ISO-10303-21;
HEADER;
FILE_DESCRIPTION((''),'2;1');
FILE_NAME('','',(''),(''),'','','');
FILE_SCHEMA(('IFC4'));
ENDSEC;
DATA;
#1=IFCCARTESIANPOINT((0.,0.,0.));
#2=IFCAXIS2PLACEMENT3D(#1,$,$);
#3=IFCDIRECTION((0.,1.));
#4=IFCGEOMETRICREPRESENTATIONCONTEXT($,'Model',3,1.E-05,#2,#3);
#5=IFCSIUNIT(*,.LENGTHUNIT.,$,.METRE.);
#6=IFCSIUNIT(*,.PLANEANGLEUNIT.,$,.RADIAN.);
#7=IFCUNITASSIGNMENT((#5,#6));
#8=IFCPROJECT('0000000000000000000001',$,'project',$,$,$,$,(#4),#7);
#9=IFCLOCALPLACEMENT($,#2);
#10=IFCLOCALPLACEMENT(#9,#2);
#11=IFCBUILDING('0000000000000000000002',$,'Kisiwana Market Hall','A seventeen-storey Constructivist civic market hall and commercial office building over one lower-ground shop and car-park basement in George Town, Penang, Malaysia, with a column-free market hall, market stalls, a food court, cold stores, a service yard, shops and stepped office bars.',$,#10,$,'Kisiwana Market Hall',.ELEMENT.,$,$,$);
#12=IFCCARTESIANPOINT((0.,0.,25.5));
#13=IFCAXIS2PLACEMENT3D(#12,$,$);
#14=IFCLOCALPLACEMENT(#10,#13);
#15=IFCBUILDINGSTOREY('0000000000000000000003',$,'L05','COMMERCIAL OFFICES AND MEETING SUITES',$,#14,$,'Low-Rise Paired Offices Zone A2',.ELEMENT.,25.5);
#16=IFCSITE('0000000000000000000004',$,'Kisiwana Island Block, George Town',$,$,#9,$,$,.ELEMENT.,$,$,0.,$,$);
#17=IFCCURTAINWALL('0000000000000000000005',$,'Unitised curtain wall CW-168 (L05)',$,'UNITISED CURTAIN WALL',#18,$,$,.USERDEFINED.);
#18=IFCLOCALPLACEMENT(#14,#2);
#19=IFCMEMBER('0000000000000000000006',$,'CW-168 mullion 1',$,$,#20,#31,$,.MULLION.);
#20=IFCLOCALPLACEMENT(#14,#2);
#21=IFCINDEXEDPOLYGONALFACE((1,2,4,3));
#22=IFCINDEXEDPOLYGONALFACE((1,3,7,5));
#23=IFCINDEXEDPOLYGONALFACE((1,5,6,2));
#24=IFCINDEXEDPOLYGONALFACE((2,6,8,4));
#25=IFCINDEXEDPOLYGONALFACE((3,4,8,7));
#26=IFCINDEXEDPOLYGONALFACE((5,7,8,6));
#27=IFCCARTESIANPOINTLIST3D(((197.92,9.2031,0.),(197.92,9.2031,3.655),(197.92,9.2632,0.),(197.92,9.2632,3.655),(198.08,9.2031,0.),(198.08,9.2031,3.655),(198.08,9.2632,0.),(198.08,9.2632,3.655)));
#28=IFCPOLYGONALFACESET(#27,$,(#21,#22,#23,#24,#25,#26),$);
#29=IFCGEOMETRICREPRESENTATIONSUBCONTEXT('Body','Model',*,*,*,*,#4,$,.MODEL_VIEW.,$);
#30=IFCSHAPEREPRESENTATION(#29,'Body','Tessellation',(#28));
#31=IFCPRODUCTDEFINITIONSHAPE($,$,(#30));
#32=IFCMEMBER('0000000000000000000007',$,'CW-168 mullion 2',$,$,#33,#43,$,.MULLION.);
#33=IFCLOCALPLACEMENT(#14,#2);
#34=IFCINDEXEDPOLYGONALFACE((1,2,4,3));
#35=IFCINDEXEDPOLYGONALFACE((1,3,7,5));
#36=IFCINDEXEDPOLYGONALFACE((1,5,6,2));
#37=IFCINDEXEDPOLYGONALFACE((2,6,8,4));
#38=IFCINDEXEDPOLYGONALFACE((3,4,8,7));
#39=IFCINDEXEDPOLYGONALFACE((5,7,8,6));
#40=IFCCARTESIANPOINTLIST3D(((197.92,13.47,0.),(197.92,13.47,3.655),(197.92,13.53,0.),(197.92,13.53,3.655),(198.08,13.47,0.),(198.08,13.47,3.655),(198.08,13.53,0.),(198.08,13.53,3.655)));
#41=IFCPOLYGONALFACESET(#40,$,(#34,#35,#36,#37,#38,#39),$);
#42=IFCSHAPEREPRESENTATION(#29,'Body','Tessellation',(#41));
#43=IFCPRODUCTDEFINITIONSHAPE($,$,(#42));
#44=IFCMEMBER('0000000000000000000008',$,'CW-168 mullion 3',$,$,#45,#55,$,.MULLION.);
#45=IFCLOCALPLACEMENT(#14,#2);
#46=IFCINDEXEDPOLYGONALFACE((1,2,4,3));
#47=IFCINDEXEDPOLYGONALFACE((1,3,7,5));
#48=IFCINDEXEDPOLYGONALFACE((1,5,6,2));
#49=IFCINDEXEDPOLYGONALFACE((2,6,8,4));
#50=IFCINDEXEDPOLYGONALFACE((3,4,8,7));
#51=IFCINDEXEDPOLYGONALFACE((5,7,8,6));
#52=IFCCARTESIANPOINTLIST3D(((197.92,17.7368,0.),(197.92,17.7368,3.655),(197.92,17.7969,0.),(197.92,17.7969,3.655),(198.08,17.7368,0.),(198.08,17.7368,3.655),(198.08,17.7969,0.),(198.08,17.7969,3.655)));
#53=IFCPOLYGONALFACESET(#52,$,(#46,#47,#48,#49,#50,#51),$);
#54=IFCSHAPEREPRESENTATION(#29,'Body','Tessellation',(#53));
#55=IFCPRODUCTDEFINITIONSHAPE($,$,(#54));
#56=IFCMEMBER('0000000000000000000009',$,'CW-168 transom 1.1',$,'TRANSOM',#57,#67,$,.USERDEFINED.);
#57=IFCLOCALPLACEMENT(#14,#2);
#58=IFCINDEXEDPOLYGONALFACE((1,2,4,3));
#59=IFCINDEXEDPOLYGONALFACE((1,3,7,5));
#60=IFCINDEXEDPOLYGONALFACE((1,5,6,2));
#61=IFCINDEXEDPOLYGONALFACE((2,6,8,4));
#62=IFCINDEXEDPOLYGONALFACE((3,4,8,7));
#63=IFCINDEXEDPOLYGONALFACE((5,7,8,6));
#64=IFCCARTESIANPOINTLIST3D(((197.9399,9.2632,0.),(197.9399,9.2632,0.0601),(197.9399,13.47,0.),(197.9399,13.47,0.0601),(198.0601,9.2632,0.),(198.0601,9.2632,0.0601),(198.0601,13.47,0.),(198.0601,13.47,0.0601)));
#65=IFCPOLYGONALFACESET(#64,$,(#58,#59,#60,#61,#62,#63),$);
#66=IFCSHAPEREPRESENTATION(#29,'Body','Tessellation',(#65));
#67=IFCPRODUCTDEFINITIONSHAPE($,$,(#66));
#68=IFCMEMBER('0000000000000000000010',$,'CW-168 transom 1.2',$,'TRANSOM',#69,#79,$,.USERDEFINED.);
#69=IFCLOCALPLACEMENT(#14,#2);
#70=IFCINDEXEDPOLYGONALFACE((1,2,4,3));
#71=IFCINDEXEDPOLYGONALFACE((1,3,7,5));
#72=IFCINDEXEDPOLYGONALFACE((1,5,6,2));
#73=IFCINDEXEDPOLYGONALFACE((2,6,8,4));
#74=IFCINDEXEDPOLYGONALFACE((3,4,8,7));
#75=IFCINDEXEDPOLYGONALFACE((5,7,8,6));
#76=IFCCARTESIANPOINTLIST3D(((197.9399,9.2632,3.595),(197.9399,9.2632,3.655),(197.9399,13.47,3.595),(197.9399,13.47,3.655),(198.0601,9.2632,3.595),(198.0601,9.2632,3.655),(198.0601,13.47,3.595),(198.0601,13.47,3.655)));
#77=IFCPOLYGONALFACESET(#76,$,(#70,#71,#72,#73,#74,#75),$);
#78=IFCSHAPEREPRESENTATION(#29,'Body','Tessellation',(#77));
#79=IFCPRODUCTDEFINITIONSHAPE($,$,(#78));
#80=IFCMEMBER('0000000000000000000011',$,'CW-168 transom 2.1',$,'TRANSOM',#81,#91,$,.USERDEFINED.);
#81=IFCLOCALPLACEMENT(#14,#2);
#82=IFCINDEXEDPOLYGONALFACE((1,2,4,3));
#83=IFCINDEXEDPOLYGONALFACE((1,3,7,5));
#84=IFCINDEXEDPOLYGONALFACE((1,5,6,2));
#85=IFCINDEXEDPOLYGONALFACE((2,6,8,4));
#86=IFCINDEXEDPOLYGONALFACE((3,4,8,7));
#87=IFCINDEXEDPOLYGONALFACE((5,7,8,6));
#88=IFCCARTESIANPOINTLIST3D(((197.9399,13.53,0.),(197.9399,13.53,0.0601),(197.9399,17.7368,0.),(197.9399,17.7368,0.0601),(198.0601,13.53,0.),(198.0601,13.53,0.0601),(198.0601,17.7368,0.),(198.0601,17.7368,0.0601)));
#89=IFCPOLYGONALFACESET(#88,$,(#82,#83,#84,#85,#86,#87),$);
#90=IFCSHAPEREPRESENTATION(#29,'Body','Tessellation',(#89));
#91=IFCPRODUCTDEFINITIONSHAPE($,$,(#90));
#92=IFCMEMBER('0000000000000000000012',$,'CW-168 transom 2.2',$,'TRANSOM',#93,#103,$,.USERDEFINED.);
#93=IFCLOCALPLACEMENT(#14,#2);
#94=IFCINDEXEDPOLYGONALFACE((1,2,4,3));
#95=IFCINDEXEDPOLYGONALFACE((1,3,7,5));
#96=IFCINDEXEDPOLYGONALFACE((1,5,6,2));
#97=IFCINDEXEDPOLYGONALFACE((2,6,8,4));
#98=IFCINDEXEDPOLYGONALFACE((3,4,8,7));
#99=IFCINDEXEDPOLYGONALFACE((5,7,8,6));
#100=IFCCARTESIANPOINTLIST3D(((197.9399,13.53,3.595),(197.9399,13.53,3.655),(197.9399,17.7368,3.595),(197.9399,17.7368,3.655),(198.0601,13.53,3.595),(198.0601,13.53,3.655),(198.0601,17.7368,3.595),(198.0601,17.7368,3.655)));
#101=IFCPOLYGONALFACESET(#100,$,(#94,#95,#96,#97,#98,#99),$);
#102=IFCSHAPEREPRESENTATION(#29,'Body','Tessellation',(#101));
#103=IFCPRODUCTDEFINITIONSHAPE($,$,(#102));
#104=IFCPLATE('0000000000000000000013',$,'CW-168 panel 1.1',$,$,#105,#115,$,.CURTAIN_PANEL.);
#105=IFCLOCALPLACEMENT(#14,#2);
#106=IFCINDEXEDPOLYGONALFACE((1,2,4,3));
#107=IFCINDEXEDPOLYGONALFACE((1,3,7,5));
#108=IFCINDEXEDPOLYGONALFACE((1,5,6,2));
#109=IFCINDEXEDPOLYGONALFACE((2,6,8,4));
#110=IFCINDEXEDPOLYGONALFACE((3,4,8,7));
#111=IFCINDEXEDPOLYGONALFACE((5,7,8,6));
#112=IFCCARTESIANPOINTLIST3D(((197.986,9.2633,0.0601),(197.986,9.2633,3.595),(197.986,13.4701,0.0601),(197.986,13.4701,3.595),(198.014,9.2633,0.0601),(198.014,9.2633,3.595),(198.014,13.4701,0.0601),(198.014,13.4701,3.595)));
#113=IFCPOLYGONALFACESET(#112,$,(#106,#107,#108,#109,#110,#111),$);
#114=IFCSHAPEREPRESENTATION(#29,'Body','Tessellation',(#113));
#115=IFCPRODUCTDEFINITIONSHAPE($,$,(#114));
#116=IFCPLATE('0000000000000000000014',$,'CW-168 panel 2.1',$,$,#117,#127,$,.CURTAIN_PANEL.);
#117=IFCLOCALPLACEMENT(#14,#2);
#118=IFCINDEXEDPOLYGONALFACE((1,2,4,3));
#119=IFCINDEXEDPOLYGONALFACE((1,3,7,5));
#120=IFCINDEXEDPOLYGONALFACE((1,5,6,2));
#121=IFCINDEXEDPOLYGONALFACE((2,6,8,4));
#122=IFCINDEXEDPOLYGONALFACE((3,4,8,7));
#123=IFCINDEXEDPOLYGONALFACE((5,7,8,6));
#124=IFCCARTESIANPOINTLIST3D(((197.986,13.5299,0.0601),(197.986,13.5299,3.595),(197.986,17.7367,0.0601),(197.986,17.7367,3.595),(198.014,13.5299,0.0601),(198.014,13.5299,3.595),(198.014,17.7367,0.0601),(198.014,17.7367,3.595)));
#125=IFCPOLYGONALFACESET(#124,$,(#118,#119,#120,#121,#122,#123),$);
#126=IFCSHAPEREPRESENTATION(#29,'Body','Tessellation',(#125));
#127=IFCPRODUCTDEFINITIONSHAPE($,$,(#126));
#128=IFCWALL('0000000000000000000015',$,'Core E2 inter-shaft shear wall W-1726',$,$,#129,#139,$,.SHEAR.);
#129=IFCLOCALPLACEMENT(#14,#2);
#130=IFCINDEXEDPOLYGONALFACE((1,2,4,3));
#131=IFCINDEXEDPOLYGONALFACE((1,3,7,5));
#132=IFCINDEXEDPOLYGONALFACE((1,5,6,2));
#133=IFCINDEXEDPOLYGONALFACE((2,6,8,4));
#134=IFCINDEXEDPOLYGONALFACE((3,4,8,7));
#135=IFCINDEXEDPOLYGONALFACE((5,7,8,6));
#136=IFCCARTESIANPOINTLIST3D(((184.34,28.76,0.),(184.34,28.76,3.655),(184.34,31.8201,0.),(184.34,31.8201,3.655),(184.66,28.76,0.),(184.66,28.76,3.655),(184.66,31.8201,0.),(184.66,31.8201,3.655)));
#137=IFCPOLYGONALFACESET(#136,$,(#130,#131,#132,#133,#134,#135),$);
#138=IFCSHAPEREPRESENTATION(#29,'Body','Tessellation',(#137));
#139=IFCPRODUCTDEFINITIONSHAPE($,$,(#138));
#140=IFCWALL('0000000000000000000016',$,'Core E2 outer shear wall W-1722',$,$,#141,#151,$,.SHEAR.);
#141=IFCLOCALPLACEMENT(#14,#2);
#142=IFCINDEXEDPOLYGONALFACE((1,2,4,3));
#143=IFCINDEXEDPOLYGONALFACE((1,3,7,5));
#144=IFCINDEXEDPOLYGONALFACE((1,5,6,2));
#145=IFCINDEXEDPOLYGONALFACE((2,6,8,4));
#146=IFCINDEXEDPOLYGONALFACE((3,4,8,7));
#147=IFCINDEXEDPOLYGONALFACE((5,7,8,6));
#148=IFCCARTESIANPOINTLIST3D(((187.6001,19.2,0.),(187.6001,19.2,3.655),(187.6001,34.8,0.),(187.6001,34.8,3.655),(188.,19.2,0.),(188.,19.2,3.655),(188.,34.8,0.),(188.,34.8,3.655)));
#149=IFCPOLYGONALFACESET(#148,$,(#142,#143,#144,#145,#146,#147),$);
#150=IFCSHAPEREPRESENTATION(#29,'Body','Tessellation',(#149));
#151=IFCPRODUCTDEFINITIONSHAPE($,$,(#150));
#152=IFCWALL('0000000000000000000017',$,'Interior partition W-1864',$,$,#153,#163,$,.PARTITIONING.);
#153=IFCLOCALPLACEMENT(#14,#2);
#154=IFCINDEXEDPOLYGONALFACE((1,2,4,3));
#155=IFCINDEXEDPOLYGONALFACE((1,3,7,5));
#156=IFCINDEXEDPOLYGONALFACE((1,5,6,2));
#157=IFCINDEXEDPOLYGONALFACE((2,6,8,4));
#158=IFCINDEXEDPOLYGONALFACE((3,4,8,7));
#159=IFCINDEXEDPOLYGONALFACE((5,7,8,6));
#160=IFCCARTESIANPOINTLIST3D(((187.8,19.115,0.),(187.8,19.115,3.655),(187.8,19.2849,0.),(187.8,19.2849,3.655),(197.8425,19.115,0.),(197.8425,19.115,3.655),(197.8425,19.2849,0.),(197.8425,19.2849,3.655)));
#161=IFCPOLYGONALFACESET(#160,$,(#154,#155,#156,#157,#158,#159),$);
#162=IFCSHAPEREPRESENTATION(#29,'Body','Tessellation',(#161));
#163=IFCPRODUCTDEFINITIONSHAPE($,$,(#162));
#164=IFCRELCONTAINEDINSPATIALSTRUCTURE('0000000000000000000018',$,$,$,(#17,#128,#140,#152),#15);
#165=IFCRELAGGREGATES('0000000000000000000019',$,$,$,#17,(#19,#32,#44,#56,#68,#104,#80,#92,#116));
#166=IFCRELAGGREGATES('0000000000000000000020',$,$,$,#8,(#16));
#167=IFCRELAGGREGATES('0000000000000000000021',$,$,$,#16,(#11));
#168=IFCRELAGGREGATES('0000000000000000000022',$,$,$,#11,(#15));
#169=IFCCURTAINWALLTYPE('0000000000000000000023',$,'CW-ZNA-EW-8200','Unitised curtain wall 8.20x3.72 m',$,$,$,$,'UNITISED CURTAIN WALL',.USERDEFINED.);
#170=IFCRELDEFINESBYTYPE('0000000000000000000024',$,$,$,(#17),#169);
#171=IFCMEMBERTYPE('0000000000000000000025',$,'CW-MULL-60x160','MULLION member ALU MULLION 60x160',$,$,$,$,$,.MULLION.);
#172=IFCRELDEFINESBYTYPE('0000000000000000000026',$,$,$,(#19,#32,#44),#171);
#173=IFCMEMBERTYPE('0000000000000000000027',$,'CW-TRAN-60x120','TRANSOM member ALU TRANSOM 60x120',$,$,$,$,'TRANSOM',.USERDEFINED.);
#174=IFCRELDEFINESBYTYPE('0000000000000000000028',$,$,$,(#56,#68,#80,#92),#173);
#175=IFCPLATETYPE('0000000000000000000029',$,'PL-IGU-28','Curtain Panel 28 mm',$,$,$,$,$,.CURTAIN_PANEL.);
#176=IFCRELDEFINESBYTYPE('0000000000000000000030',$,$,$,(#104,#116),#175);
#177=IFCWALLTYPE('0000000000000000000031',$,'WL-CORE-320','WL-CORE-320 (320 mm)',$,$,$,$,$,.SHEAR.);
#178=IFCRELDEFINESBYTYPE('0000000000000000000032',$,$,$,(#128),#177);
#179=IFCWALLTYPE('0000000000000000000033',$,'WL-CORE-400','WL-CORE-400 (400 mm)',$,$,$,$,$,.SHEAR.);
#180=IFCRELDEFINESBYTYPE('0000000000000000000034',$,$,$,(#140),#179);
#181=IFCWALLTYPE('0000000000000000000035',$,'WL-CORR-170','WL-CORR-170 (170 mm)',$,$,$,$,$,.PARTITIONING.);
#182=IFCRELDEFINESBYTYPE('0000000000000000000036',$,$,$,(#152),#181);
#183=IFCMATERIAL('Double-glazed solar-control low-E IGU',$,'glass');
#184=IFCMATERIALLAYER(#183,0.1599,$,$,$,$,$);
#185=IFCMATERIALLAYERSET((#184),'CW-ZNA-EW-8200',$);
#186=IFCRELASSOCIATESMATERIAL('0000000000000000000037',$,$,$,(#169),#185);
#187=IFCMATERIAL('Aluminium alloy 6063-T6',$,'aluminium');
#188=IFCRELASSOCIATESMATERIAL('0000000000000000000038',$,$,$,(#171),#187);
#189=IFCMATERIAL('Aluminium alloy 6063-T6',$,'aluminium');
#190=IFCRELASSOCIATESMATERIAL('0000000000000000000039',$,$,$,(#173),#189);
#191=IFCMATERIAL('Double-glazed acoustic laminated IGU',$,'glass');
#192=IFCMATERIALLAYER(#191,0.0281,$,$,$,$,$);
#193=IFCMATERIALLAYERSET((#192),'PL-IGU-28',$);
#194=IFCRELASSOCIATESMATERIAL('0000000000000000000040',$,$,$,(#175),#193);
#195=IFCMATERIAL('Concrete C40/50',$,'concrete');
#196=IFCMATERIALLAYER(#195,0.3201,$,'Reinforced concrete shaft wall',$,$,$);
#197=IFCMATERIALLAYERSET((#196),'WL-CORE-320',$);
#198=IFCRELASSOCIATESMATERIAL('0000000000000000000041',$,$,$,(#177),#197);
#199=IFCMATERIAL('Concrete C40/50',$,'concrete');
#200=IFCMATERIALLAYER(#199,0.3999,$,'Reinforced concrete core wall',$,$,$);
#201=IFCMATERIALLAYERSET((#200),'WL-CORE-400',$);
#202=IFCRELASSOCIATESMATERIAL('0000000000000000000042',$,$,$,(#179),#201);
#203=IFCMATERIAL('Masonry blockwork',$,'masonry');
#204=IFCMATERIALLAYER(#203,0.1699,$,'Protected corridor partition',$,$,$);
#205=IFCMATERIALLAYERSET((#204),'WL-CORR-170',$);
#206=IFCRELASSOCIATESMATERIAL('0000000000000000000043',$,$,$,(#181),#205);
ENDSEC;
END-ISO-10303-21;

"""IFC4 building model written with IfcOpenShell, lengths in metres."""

from ifc_helpers import new_model, si_unit, direction, frame, frame_2d, origin, origin_2d, place, context, subcontext, project, spatial, rectangle, extrude, material, layer, layer_set, material_profile, profile_set, type_object, element, aggregate, save


model = new_model("IFC4")

# Units and contexts
model_context = context("Model", 3, precision=1e-05, world=origin(), true_north=direction((0.0, 1.0)))
body_context = subcontext(model_context, "Body", "Model", "MODEL_VIEW")
ifc_project = project(units=[si_unit("LENGTHUNIT", "METRE"), si_unit("PLANEANGLEUNIT", "RADIAN")], contexts=[model_context])

# Site, building, storey
site_placement = place(None, origin())
site = spatial("IfcSite", under=ifc_project, at=site_placement, Name="Kisiwana Island Block, George Town", CompositionType="ELEMENT", RefElevation=0.0)
building_placement = place(site_placement, origin())
building = spatial("IfcBuilding", under=site, at=building_placement, Name="Kisiwana Market Hall", Description="A seventeen-storey Constructivist civic market hall and commercial office building over one lower-ground shop and car-park basement in George Town, Penang, Malaysia, with a column-free market hall, market stalls, a food court, cold stores, a service yard, shops and stepped office bars.", LongName="Kisiwana Market Hall", CompositionType="ELEMENT")
storey_placement = place(building_placement, frame((0.0, 0.0, 25.5)))
storey = spatial("IfcBuildingStorey", under=building, at=storey_placement, Name="L05", Description="COMMERCIAL OFFICES AND MEETING SUITES", LongName="Low-Rise Paired Offices Zone A2", CompositionType="ELEMENT", Elevation=25.5)

# Curtain wall, members, plates
ifc_material_1 = material(Name="Double-glazed solar-control low-E IGU", Category="glass")
ifc_layer_1 = layer(ifc_material_1, 0.1599)
ifc_layer_set_1 = layer_set([ifc_layer_1], Name="CW-ZNA-EW-8200")
curtain_wall_type = type_object("IfcCurtainWallType", Name="CW-ZNA-EW-8200", Description="Unitised curtain wall 8.20x3.72 m", ElementType="UNITISED CURTAIN WALL", PredefinedType="USERDEFINED", material=ifc_layer_set_1)
curtain_wall_placement = place(storey_placement, origin())
curtain_wall = element("IfcCurtainWall", 1, at=curtain_wall_placement, inside=storey, type_object=curtain_wall_type, Name="Unitised curtain wall CW-168 (L05)", ObjectType="UNITISED CURTAIN WALL", PredefinedType="USERDEFINED")
ifc_material_2 = material(Name="Aluminium alloy 6063-T6", Category="aluminium")
ifc_material_profile_1 = material_profile(ifc_material_2, rectangle(XDim=0.0601, YDim=0.1599, at=origin_2d()), Name="ALU MULLION 60x160")
ifc_profile_set_1 = profile_set([ifc_material_profile_1], Name="Aluminium alloy 6063-T6")
member_type_1 = type_object("IfcMemberType", Name="CW-MULL-60x160", Description="MULLION member ALU MULLION 60x160", PredefinedType="MULLION", material=ifc_profile_set_1)
member_1_placement = place(storey_placement, frame((198.0, 9.2332, 0.0), z_axis=(0.0, 0.0, 1.0), x_axis=(0.0, 1.0, 0.0)))
member_1 = element("IfcMember", 2, at=member_1_placement, type_object=member_type_1, Name="CW-168 mullion 1", PredefinedType="MULLION", context=body_context, shape_type="SweptSolid", body=[
    extrude(rectangle(XDim=0.0601, YDim=0.1599, at=origin_2d()), origin(), (0.0, 0.0, 1.0), 3.655),
])
member_2_placement = place(storey_placement, frame((198.0, 13.5, 0.0), z_axis=(0.0, 0.0, 1.0), x_axis=(0.0, 1.0, 0.0)))
member_2 = element("IfcMember", 3, at=member_2_placement, type_object=member_type_1, Name="CW-168 mullion 2", PredefinedType="MULLION", context=body_context, shape_type="SweptSolid", body=[
    extrude(rectangle(XDim=0.0601, YDim=0.1599, at=origin_2d()), origin(), (0.0, 0.0, 1.0), 3.655),
])
member_3_placement = place(storey_placement, frame((198.0, 17.7668, 0.0), z_axis=(0.0, 0.0, 1.0), x_axis=(0.0, 1.0, 0.0)))
member_3 = element("IfcMember", 4, at=member_3_placement, type_object=member_type_1, Name="CW-168 mullion 3", PredefinedType="MULLION", context=body_context, shape_type="SweptSolid", body=[
    extrude(rectangle(XDim=0.0601, YDim=0.1599, at=origin_2d()), origin(), (0.0, 0.0, 1.0), 3.655),
])
ifc_material_3 = material(Name="Aluminium alloy 6063-T6", Category="aluminium")
ifc_material_profile_2 = material_profile(ifc_material_3, rectangle(XDim=0.1201, YDim=0.0601, at=origin_2d()), Name="ALU TRANSOM 60x120")
ifc_profile_set_2 = profile_set([ifc_material_profile_2], Name="Aluminium alloy 6063-T6")
member_type_2 = type_object("IfcMemberType", Name="CW-TRAN-60x120", Description="TRANSOM member ALU TRANSOM 60x120", ElementType="TRANSOM", PredefinedType="USERDEFINED", material=ifc_profile_set_2)
member_4_placement = place(storey_placement, frame((198.0, 9.2632, 0.03), z_axis=(0.0, 1.0, 0.0), x_axis=(-1.0, 0.0, 0.0)))
member_4 = element("IfcMember", 5, at=member_4_placement, type_object=member_type_2, Name="CW-168 transom 1.1", ObjectType="TRANSOM", PredefinedType="USERDEFINED", context=body_context, shape_type="SweptSolid", body=[
    extrude(rectangle(XDim=0.1201, YDim=0.0601, at=origin_2d()), origin(), (0.0, 0.0, 1.0), 4.2068),
])
member_5_placement = place(storey_placement, frame((198.0, 9.2632, 3.625), z_axis=(0.0, 1.0, 0.0), x_axis=(-1.0, 0.0, 0.0)))
member_5 = element("IfcMember", 6, at=member_5_placement, type_object=member_type_2, Name="CW-168 transom 1.2", ObjectType="TRANSOM", PredefinedType="USERDEFINED", context=body_context, shape_type="SweptSolid", body=[
    extrude(rectangle(XDim=0.1201, YDim=0.0601, at=origin_2d()), origin(), (0.0, 0.0, 1.0), 4.2068),
])
member_6_placement = place(storey_placement, frame((198.0, 13.53, 0.03), z_axis=(0.0, 1.0, 0.0), x_axis=(-1.0, 0.0, 0.0)))
member_6 = element("IfcMember", 7, at=member_6_placement, type_object=member_type_2, Name="CW-168 transom 2.1", ObjectType="TRANSOM", PredefinedType="USERDEFINED", context=body_context, shape_type="SweptSolid", body=[
    extrude(rectangle(XDim=0.1201, YDim=0.0601, at=origin_2d()), origin(), (0.0, 0.0, 1.0), 4.2068),
])
member_7_placement = place(storey_placement, frame((198.0, 13.53, 3.625), z_axis=(0.0, 1.0, 0.0), x_axis=(-1.0, 0.0, 0.0)))
member_7 = element("IfcMember", 8, at=member_7_placement, type_object=member_type_2, Name="CW-168 transom 2.2", ObjectType="TRANSOM", PredefinedType="USERDEFINED", context=body_context, shape_type="SweptSolid", body=[
    extrude(rectangle(XDim=0.1201, YDim=0.0601, at=origin_2d()), origin(), (0.0, 0.0, 1.0), 4.2068),
])
ifc_material_4 = material(Name="Double-glazed acoustic laminated IGU", Category="glass")
ifc_layer_2 = layer(ifc_material_4, 0.0281)
ifc_layer_set_2 = layer_set([ifc_layer_2], Name="PL-IGU-28")
plate_type = type_object("IfcPlateType", Name="PL-IGU-28", Description="Curtain Panel 28 mm", PredefinedType="CURTAIN_PANEL", material=ifc_layer_set_2)
plate_1_placement = place(storey_placement, frame((198.0, 11.3667, 0.0601), z_axis=(0.0, 0.0, 1.0), x_axis=(0.0, 1.0, 0.0)))
plate_1 = element("IfcPlate", 9, at=plate_1_placement, type_object=plate_type, Name="CW-168 panel 1.1", PredefinedType="CURTAIN_PANEL", context=body_context, shape_type="SweptSolid", body=[
    extrude(rectangle(XDim=4.2068, YDim=0.0281, at=origin_2d()), origin(), (0.0, 0.0, 1.0), 3.5349),
])
plate_2_placement = place(storey_placement, frame((198.0, 15.6333, 0.0601), z_axis=(0.0, 0.0, 1.0), x_axis=(0.0, 1.0, 0.0)))
plate_2 = element("IfcPlate", 10, at=plate_2_placement, type_object=plate_type, Name="CW-168 panel 2.1", PredefinedType="CURTAIN_PANEL", context=body_context, shape_type="SweptSolid", body=[
    extrude(rectangle(XDim=4.2068, YDim=0.0281, at=origin_2d()), origin(), (0.0, 0.0, 1.0), 3.5349),
])
aggregate(curtain_wall, [member_1, member_2, member_3, member_4, member_5, plate_1, member_6, member_7, plate_2])

# Walls
ifc_material_5 = material(Name="Concrete C40/50", Category="concrete")
ifc_layer_3 = layer(ifc_material_5, 0.3201, Name="Reinforced concrete shaft wall")
ifc_layer_set_3 = layer_set([ifc_layer_3], Name="WL-CORE-320")
wall_type_1 = type_object("IfcWallType", Name="WL-CORE-320", Description="WL-CORE-320 (320 mm)", PredefinedType="SHEAR", material=ifc_layer_set_3)
wall_1_placement = place(storey_placement, frame((184.5, 28.76, 0.0), z_axis=(0.0, 0.0, 1.0), x_axis=(0.0, 1.0, 0.0)))
element("IfcWall", 11, at=wall_1_placement, inside=storey, type_object=wall_type_1, Name="Core E2 inter-shaft shear wall W-1726", PredefinedType="SHEAR", context=body_context, shape_type="SweptSolid", body=[
    extrude(rectangle(XDim=3.0601, YDim=0.3201, at=frame_2d((1.53, 0.0))), origin(), (0.0, 0.0, 1.0), 3.655),
])
ifc_material_6 = material(Name="Concrete C40/50", Category="concrete")
ifc_layer_4 = layer(ifc_material_6, 0.3999, Name="Reinforced concrete core wall")
ifc_layer_set_4 = layer_set([ifc_layer_4], Name="WL-CORE-400")
wall_type_2 = type_object("IfcWallType", Name="WL-CORE-400", Description="WL-CORE-400 (400 mm)", PredefinedType="SHEAR", material=ifc_layer_set_4)
wall_2_placement = place(storey_placement, frame((187.8, 19.2, 0.0), z_axis=(0.0, 0.0, 1.0), x_axis=(0.0, 1.0, 0.0)))
element("IfcWall", 12, at=wall_2_placement, inside=storey, type_object=wall_type_2, Name="Core E2 outer shear wall W-1722", PredefinedType="SHEAR", context=body_context, shape_type="SweptSolid", body=[
    extrude(rectangle(XDim=15.6001, YDim=0.3999, at=frame_2d((7.8, 0.0))), origin(), (0.0, 0.0, 1.0), 3.655),
])
ifc_material_7 = material(Name="Masonry blockwork", Category="masonry")
ifc_layer_5 = layer(ifc_material_7, 0.1699, Name="Protected corridor partition")
ifc_layer_set_5 = layer_set([ifc_layer_5], Name="WL-CORR-170")
wall_type_3 = type_object("IfcWallType", Name="WL-CORR-170", Description="WL-CORR-170 (170 mm)", PredefinedType="PARTITIONING", material=ifc_layer_set_5)
wall_3_placement = place(storey_placement, frame((187.8, 19.2, 0.0), z_axis=(0.0, 0.0, 1.0), x_axis=(1.0, 0.0, 0.0)))
element("IfcWall", 13, at=wall_3_placement, inside=storey, type_object=wall_type_3, Name="Interior partition W-1864", PredefinedType="PARTITIONING", context=body_context, shape_type="SweptSolid", body=[
    extrude(rectangle(XDim=10.0425, YDim=0.1699, at=frame_2d((5.0212, 0.0))), origin(), (0.0, 0.0, 1.0), 3.655),
])

save(model, "model.ifc")
